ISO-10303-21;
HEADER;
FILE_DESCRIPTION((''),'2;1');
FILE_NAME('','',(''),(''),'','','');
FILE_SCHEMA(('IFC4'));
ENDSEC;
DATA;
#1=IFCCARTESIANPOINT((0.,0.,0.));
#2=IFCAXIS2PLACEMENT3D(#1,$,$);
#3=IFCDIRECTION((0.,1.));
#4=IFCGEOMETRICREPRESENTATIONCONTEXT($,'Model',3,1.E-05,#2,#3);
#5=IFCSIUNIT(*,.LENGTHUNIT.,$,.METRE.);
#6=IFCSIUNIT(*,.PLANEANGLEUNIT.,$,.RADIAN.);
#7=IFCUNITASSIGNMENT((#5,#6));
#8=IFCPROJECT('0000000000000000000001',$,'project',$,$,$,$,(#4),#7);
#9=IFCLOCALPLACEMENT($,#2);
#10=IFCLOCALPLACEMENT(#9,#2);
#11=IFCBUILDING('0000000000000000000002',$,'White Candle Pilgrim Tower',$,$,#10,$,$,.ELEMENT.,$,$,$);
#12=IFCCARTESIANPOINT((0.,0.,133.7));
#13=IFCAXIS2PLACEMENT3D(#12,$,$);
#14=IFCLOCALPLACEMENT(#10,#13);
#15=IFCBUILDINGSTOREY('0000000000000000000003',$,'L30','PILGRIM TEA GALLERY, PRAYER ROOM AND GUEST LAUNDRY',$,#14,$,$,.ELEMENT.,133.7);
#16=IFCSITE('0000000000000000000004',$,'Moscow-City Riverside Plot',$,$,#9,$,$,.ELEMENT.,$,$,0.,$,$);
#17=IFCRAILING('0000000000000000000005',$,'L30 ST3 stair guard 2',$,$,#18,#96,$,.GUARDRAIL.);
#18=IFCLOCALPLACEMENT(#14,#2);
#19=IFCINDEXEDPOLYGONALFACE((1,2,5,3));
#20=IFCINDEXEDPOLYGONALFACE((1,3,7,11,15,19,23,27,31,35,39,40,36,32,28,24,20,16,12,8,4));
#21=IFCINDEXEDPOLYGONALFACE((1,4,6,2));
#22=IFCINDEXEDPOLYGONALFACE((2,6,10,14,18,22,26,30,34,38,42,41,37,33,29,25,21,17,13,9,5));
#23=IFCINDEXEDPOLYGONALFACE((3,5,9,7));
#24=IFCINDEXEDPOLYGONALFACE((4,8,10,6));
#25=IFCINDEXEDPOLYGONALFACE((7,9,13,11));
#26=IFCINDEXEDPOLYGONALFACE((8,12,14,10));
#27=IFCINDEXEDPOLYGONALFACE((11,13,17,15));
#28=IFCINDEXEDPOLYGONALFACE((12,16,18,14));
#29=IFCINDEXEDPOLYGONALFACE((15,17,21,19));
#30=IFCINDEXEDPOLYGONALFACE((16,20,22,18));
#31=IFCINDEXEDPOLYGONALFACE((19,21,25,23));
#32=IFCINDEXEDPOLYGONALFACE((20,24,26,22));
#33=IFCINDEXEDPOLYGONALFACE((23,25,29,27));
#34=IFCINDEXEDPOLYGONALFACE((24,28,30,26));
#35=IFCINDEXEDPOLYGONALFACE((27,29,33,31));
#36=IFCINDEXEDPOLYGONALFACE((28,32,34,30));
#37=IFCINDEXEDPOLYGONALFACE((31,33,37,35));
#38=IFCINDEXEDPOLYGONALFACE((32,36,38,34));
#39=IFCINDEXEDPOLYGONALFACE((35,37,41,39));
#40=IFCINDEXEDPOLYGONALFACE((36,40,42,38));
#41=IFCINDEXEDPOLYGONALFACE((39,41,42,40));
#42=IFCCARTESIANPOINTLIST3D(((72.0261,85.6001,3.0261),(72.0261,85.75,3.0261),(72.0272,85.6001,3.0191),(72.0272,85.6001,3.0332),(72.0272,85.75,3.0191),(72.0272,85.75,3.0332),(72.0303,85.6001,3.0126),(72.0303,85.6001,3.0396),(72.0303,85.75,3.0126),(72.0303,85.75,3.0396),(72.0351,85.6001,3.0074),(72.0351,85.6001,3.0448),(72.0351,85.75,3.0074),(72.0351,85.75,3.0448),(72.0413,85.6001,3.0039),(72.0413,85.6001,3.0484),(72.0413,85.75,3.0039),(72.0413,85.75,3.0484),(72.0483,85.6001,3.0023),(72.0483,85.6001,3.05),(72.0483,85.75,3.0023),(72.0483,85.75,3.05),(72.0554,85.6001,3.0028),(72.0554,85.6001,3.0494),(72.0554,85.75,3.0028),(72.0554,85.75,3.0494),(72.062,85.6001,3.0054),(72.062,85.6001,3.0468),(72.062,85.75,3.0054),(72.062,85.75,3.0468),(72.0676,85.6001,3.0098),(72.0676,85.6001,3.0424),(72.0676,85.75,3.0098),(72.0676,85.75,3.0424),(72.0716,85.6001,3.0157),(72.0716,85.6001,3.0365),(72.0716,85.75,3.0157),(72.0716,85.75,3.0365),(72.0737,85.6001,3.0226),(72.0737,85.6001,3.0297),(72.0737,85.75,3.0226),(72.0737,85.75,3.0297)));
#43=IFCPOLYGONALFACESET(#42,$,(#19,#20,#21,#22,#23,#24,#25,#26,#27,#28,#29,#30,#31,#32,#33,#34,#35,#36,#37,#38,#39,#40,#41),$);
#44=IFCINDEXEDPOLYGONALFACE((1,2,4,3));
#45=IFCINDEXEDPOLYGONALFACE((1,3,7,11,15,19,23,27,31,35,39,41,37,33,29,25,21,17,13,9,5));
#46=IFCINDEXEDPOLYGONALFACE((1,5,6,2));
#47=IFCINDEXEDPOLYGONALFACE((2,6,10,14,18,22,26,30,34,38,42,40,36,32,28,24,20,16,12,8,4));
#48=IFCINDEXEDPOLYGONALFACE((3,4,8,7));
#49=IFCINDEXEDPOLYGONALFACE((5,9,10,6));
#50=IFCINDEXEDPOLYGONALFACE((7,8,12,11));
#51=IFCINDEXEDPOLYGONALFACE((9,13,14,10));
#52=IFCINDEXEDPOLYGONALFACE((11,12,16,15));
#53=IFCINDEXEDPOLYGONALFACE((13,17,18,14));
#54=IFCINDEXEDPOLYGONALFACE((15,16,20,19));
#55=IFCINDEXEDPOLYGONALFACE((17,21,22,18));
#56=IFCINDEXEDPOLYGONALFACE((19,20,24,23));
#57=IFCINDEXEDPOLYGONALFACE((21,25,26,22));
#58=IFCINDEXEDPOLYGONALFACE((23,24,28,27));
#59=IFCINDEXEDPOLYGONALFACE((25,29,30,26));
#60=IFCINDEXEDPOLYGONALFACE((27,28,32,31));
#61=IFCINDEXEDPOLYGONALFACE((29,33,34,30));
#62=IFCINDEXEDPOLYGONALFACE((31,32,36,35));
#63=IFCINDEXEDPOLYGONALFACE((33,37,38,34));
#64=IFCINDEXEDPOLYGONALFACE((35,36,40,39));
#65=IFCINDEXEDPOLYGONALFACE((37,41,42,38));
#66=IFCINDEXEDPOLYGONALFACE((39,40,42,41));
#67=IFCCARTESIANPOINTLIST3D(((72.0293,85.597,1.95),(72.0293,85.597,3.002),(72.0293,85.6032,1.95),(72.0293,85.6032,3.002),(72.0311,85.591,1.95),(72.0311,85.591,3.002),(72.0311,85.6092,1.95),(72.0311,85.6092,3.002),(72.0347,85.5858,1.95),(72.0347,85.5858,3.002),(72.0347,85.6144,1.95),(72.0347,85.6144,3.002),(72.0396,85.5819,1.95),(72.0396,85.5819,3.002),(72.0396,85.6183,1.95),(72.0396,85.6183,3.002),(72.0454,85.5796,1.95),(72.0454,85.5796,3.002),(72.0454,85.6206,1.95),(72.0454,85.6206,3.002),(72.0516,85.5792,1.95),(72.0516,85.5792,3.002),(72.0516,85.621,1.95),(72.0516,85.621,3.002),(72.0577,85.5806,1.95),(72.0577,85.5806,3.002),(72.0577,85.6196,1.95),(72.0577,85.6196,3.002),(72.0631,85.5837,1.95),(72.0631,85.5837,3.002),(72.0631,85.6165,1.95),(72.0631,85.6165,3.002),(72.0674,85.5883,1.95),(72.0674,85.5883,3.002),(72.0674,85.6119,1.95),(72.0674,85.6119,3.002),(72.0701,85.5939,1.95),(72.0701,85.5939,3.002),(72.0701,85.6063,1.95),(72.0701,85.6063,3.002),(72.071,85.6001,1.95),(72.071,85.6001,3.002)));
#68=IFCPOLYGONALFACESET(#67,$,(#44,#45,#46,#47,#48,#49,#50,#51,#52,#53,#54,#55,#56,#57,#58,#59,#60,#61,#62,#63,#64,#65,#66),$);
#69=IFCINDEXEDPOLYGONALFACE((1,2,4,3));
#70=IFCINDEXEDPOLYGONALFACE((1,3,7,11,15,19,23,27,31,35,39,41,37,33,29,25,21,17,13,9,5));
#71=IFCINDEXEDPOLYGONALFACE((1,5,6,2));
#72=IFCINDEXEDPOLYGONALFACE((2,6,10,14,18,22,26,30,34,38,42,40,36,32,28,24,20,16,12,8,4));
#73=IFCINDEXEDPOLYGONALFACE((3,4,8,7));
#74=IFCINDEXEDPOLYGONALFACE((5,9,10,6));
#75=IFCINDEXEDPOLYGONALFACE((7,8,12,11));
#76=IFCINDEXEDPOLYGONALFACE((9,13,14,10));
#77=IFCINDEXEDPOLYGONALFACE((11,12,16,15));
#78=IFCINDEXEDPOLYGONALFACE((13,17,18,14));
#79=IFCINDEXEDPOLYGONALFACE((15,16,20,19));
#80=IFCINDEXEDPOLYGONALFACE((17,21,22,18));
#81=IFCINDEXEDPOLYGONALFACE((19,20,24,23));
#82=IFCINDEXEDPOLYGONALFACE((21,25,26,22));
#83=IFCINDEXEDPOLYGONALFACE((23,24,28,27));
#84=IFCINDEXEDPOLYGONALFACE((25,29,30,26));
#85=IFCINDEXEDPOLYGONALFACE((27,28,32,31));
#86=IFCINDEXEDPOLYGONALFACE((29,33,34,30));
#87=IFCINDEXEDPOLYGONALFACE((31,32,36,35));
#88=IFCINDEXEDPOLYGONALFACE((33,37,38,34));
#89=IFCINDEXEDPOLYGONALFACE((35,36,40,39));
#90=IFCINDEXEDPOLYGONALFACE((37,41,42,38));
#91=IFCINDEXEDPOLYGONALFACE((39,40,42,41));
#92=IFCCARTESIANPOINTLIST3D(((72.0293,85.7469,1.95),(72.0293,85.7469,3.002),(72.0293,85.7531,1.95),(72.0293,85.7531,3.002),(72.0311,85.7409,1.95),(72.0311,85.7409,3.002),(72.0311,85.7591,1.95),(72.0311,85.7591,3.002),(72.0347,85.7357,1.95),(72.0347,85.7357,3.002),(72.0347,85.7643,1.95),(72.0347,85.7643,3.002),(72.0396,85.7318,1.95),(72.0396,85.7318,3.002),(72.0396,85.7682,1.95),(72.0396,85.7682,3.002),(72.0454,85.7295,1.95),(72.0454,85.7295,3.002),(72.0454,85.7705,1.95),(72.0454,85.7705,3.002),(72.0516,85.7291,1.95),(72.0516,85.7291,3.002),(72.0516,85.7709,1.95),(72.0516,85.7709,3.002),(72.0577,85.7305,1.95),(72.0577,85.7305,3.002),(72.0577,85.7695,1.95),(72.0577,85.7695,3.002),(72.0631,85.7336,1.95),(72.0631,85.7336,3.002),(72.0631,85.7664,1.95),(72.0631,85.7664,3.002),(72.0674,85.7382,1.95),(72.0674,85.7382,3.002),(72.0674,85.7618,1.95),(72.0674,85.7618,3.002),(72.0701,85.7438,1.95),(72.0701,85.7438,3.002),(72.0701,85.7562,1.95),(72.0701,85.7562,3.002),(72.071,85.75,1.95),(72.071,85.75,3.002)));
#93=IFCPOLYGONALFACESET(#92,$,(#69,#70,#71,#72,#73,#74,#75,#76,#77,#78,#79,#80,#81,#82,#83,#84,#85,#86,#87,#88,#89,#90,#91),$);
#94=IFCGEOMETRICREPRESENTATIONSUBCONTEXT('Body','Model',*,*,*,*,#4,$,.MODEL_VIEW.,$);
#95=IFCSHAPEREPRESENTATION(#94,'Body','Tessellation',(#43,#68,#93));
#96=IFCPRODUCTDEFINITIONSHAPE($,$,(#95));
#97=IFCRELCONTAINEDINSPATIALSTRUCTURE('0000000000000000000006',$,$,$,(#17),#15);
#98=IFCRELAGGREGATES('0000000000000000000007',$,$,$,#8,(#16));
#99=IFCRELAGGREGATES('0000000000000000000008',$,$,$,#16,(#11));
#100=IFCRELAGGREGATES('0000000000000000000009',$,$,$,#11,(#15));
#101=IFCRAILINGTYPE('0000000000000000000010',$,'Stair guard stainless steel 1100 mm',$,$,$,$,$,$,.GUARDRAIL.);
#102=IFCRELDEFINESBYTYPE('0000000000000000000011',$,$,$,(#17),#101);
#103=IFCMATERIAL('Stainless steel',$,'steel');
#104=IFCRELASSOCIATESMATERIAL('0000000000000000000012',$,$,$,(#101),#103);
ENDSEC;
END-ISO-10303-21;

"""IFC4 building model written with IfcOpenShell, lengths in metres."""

from ifc_helpers import new_model, si_unit, direction, frame, origin, origin_2d, place, context, subcontext, project, spatial, circle, extrude, material, type_object, element, save


model = new_model("IFC4")

# Units and contexts
model_context = context("Model", 3, precision=1e-05, world=origin(), true_north=direction((0.0, 1.0)))
body_context = subcontext(model_context, "Body", "Model", "MODEL_VIEW")
ifc_project = project(units=[si_unit("LENGTHUNIT", "METRE"), si_unit("PLANEANGLEUNIT", "RADIAN")], contexts=[model_context])

# Site, building, storey
site_placement = place(None, origin())
site = spatial("IfcSite", under=ifc_project, at=site_placement, Name="Moscow-City Riverside Plot", CompositionType="ELEMENT", RefElevation=0.0)
building_placement = place(site_placement, origin())
building = spatial("IfcBuilding", under=site, at=building_placement, Name="White Candle Pilgrim Tower", CompositionType="ELEMENT")
storey_placement = place(building_placement, frame((0.0, 0.0, 133.7)))
storey = spatial("IfcBuildingStorey", under=building, at=storey_placement, Name="L30", Description="PILGRIM TEA GALLERY, PRAYER ROOM AND GUEST LAUNDRY", CompositionType="ELEMENT", Elevation=133.7)

# Railing
ifc_material_1 = material(Name="Stainless steel", Category="steel")
railing_type_1 = type_object("IfcRailingType", Name="Stair guard stainless steel 1100 mm", PredefinedType="GUARDRAIL", material=ifc_material_1)
railing_1_placement = place(storey_placement, frame((72.05, 85.6001, 1.95)))
element("IfcRailing", 1, at=railing_1_placement, inside=storey, type_object=railing_type_1, Name="L30 ST3 stair guard 2", PredefinedType="GUARDRAIL", context=body_context, shape_type="SweptSolid", body=[
    extrude(circle(Radius=0.0239, at=origin_2d()), frame((0.0, 0.0, 1.0762), z_axis=(0.0, 1.0, 0.0), x_axis=(-1.0, 0.0, 0.0)), (0.0, 0.0, 1.0), 0.1499),
    extrude(circle(Radius=0.021, at=origin_2d()), origin(), (0.0, 0.0, 1.0), 1.052),
    extrude(circle(Radius=0.021, at=origin_2d()), frame((0.0, 0.1499, 0.0)), (0.0, 0.0, 1.0), 1.052),
])

save(model, "model.ifc")
